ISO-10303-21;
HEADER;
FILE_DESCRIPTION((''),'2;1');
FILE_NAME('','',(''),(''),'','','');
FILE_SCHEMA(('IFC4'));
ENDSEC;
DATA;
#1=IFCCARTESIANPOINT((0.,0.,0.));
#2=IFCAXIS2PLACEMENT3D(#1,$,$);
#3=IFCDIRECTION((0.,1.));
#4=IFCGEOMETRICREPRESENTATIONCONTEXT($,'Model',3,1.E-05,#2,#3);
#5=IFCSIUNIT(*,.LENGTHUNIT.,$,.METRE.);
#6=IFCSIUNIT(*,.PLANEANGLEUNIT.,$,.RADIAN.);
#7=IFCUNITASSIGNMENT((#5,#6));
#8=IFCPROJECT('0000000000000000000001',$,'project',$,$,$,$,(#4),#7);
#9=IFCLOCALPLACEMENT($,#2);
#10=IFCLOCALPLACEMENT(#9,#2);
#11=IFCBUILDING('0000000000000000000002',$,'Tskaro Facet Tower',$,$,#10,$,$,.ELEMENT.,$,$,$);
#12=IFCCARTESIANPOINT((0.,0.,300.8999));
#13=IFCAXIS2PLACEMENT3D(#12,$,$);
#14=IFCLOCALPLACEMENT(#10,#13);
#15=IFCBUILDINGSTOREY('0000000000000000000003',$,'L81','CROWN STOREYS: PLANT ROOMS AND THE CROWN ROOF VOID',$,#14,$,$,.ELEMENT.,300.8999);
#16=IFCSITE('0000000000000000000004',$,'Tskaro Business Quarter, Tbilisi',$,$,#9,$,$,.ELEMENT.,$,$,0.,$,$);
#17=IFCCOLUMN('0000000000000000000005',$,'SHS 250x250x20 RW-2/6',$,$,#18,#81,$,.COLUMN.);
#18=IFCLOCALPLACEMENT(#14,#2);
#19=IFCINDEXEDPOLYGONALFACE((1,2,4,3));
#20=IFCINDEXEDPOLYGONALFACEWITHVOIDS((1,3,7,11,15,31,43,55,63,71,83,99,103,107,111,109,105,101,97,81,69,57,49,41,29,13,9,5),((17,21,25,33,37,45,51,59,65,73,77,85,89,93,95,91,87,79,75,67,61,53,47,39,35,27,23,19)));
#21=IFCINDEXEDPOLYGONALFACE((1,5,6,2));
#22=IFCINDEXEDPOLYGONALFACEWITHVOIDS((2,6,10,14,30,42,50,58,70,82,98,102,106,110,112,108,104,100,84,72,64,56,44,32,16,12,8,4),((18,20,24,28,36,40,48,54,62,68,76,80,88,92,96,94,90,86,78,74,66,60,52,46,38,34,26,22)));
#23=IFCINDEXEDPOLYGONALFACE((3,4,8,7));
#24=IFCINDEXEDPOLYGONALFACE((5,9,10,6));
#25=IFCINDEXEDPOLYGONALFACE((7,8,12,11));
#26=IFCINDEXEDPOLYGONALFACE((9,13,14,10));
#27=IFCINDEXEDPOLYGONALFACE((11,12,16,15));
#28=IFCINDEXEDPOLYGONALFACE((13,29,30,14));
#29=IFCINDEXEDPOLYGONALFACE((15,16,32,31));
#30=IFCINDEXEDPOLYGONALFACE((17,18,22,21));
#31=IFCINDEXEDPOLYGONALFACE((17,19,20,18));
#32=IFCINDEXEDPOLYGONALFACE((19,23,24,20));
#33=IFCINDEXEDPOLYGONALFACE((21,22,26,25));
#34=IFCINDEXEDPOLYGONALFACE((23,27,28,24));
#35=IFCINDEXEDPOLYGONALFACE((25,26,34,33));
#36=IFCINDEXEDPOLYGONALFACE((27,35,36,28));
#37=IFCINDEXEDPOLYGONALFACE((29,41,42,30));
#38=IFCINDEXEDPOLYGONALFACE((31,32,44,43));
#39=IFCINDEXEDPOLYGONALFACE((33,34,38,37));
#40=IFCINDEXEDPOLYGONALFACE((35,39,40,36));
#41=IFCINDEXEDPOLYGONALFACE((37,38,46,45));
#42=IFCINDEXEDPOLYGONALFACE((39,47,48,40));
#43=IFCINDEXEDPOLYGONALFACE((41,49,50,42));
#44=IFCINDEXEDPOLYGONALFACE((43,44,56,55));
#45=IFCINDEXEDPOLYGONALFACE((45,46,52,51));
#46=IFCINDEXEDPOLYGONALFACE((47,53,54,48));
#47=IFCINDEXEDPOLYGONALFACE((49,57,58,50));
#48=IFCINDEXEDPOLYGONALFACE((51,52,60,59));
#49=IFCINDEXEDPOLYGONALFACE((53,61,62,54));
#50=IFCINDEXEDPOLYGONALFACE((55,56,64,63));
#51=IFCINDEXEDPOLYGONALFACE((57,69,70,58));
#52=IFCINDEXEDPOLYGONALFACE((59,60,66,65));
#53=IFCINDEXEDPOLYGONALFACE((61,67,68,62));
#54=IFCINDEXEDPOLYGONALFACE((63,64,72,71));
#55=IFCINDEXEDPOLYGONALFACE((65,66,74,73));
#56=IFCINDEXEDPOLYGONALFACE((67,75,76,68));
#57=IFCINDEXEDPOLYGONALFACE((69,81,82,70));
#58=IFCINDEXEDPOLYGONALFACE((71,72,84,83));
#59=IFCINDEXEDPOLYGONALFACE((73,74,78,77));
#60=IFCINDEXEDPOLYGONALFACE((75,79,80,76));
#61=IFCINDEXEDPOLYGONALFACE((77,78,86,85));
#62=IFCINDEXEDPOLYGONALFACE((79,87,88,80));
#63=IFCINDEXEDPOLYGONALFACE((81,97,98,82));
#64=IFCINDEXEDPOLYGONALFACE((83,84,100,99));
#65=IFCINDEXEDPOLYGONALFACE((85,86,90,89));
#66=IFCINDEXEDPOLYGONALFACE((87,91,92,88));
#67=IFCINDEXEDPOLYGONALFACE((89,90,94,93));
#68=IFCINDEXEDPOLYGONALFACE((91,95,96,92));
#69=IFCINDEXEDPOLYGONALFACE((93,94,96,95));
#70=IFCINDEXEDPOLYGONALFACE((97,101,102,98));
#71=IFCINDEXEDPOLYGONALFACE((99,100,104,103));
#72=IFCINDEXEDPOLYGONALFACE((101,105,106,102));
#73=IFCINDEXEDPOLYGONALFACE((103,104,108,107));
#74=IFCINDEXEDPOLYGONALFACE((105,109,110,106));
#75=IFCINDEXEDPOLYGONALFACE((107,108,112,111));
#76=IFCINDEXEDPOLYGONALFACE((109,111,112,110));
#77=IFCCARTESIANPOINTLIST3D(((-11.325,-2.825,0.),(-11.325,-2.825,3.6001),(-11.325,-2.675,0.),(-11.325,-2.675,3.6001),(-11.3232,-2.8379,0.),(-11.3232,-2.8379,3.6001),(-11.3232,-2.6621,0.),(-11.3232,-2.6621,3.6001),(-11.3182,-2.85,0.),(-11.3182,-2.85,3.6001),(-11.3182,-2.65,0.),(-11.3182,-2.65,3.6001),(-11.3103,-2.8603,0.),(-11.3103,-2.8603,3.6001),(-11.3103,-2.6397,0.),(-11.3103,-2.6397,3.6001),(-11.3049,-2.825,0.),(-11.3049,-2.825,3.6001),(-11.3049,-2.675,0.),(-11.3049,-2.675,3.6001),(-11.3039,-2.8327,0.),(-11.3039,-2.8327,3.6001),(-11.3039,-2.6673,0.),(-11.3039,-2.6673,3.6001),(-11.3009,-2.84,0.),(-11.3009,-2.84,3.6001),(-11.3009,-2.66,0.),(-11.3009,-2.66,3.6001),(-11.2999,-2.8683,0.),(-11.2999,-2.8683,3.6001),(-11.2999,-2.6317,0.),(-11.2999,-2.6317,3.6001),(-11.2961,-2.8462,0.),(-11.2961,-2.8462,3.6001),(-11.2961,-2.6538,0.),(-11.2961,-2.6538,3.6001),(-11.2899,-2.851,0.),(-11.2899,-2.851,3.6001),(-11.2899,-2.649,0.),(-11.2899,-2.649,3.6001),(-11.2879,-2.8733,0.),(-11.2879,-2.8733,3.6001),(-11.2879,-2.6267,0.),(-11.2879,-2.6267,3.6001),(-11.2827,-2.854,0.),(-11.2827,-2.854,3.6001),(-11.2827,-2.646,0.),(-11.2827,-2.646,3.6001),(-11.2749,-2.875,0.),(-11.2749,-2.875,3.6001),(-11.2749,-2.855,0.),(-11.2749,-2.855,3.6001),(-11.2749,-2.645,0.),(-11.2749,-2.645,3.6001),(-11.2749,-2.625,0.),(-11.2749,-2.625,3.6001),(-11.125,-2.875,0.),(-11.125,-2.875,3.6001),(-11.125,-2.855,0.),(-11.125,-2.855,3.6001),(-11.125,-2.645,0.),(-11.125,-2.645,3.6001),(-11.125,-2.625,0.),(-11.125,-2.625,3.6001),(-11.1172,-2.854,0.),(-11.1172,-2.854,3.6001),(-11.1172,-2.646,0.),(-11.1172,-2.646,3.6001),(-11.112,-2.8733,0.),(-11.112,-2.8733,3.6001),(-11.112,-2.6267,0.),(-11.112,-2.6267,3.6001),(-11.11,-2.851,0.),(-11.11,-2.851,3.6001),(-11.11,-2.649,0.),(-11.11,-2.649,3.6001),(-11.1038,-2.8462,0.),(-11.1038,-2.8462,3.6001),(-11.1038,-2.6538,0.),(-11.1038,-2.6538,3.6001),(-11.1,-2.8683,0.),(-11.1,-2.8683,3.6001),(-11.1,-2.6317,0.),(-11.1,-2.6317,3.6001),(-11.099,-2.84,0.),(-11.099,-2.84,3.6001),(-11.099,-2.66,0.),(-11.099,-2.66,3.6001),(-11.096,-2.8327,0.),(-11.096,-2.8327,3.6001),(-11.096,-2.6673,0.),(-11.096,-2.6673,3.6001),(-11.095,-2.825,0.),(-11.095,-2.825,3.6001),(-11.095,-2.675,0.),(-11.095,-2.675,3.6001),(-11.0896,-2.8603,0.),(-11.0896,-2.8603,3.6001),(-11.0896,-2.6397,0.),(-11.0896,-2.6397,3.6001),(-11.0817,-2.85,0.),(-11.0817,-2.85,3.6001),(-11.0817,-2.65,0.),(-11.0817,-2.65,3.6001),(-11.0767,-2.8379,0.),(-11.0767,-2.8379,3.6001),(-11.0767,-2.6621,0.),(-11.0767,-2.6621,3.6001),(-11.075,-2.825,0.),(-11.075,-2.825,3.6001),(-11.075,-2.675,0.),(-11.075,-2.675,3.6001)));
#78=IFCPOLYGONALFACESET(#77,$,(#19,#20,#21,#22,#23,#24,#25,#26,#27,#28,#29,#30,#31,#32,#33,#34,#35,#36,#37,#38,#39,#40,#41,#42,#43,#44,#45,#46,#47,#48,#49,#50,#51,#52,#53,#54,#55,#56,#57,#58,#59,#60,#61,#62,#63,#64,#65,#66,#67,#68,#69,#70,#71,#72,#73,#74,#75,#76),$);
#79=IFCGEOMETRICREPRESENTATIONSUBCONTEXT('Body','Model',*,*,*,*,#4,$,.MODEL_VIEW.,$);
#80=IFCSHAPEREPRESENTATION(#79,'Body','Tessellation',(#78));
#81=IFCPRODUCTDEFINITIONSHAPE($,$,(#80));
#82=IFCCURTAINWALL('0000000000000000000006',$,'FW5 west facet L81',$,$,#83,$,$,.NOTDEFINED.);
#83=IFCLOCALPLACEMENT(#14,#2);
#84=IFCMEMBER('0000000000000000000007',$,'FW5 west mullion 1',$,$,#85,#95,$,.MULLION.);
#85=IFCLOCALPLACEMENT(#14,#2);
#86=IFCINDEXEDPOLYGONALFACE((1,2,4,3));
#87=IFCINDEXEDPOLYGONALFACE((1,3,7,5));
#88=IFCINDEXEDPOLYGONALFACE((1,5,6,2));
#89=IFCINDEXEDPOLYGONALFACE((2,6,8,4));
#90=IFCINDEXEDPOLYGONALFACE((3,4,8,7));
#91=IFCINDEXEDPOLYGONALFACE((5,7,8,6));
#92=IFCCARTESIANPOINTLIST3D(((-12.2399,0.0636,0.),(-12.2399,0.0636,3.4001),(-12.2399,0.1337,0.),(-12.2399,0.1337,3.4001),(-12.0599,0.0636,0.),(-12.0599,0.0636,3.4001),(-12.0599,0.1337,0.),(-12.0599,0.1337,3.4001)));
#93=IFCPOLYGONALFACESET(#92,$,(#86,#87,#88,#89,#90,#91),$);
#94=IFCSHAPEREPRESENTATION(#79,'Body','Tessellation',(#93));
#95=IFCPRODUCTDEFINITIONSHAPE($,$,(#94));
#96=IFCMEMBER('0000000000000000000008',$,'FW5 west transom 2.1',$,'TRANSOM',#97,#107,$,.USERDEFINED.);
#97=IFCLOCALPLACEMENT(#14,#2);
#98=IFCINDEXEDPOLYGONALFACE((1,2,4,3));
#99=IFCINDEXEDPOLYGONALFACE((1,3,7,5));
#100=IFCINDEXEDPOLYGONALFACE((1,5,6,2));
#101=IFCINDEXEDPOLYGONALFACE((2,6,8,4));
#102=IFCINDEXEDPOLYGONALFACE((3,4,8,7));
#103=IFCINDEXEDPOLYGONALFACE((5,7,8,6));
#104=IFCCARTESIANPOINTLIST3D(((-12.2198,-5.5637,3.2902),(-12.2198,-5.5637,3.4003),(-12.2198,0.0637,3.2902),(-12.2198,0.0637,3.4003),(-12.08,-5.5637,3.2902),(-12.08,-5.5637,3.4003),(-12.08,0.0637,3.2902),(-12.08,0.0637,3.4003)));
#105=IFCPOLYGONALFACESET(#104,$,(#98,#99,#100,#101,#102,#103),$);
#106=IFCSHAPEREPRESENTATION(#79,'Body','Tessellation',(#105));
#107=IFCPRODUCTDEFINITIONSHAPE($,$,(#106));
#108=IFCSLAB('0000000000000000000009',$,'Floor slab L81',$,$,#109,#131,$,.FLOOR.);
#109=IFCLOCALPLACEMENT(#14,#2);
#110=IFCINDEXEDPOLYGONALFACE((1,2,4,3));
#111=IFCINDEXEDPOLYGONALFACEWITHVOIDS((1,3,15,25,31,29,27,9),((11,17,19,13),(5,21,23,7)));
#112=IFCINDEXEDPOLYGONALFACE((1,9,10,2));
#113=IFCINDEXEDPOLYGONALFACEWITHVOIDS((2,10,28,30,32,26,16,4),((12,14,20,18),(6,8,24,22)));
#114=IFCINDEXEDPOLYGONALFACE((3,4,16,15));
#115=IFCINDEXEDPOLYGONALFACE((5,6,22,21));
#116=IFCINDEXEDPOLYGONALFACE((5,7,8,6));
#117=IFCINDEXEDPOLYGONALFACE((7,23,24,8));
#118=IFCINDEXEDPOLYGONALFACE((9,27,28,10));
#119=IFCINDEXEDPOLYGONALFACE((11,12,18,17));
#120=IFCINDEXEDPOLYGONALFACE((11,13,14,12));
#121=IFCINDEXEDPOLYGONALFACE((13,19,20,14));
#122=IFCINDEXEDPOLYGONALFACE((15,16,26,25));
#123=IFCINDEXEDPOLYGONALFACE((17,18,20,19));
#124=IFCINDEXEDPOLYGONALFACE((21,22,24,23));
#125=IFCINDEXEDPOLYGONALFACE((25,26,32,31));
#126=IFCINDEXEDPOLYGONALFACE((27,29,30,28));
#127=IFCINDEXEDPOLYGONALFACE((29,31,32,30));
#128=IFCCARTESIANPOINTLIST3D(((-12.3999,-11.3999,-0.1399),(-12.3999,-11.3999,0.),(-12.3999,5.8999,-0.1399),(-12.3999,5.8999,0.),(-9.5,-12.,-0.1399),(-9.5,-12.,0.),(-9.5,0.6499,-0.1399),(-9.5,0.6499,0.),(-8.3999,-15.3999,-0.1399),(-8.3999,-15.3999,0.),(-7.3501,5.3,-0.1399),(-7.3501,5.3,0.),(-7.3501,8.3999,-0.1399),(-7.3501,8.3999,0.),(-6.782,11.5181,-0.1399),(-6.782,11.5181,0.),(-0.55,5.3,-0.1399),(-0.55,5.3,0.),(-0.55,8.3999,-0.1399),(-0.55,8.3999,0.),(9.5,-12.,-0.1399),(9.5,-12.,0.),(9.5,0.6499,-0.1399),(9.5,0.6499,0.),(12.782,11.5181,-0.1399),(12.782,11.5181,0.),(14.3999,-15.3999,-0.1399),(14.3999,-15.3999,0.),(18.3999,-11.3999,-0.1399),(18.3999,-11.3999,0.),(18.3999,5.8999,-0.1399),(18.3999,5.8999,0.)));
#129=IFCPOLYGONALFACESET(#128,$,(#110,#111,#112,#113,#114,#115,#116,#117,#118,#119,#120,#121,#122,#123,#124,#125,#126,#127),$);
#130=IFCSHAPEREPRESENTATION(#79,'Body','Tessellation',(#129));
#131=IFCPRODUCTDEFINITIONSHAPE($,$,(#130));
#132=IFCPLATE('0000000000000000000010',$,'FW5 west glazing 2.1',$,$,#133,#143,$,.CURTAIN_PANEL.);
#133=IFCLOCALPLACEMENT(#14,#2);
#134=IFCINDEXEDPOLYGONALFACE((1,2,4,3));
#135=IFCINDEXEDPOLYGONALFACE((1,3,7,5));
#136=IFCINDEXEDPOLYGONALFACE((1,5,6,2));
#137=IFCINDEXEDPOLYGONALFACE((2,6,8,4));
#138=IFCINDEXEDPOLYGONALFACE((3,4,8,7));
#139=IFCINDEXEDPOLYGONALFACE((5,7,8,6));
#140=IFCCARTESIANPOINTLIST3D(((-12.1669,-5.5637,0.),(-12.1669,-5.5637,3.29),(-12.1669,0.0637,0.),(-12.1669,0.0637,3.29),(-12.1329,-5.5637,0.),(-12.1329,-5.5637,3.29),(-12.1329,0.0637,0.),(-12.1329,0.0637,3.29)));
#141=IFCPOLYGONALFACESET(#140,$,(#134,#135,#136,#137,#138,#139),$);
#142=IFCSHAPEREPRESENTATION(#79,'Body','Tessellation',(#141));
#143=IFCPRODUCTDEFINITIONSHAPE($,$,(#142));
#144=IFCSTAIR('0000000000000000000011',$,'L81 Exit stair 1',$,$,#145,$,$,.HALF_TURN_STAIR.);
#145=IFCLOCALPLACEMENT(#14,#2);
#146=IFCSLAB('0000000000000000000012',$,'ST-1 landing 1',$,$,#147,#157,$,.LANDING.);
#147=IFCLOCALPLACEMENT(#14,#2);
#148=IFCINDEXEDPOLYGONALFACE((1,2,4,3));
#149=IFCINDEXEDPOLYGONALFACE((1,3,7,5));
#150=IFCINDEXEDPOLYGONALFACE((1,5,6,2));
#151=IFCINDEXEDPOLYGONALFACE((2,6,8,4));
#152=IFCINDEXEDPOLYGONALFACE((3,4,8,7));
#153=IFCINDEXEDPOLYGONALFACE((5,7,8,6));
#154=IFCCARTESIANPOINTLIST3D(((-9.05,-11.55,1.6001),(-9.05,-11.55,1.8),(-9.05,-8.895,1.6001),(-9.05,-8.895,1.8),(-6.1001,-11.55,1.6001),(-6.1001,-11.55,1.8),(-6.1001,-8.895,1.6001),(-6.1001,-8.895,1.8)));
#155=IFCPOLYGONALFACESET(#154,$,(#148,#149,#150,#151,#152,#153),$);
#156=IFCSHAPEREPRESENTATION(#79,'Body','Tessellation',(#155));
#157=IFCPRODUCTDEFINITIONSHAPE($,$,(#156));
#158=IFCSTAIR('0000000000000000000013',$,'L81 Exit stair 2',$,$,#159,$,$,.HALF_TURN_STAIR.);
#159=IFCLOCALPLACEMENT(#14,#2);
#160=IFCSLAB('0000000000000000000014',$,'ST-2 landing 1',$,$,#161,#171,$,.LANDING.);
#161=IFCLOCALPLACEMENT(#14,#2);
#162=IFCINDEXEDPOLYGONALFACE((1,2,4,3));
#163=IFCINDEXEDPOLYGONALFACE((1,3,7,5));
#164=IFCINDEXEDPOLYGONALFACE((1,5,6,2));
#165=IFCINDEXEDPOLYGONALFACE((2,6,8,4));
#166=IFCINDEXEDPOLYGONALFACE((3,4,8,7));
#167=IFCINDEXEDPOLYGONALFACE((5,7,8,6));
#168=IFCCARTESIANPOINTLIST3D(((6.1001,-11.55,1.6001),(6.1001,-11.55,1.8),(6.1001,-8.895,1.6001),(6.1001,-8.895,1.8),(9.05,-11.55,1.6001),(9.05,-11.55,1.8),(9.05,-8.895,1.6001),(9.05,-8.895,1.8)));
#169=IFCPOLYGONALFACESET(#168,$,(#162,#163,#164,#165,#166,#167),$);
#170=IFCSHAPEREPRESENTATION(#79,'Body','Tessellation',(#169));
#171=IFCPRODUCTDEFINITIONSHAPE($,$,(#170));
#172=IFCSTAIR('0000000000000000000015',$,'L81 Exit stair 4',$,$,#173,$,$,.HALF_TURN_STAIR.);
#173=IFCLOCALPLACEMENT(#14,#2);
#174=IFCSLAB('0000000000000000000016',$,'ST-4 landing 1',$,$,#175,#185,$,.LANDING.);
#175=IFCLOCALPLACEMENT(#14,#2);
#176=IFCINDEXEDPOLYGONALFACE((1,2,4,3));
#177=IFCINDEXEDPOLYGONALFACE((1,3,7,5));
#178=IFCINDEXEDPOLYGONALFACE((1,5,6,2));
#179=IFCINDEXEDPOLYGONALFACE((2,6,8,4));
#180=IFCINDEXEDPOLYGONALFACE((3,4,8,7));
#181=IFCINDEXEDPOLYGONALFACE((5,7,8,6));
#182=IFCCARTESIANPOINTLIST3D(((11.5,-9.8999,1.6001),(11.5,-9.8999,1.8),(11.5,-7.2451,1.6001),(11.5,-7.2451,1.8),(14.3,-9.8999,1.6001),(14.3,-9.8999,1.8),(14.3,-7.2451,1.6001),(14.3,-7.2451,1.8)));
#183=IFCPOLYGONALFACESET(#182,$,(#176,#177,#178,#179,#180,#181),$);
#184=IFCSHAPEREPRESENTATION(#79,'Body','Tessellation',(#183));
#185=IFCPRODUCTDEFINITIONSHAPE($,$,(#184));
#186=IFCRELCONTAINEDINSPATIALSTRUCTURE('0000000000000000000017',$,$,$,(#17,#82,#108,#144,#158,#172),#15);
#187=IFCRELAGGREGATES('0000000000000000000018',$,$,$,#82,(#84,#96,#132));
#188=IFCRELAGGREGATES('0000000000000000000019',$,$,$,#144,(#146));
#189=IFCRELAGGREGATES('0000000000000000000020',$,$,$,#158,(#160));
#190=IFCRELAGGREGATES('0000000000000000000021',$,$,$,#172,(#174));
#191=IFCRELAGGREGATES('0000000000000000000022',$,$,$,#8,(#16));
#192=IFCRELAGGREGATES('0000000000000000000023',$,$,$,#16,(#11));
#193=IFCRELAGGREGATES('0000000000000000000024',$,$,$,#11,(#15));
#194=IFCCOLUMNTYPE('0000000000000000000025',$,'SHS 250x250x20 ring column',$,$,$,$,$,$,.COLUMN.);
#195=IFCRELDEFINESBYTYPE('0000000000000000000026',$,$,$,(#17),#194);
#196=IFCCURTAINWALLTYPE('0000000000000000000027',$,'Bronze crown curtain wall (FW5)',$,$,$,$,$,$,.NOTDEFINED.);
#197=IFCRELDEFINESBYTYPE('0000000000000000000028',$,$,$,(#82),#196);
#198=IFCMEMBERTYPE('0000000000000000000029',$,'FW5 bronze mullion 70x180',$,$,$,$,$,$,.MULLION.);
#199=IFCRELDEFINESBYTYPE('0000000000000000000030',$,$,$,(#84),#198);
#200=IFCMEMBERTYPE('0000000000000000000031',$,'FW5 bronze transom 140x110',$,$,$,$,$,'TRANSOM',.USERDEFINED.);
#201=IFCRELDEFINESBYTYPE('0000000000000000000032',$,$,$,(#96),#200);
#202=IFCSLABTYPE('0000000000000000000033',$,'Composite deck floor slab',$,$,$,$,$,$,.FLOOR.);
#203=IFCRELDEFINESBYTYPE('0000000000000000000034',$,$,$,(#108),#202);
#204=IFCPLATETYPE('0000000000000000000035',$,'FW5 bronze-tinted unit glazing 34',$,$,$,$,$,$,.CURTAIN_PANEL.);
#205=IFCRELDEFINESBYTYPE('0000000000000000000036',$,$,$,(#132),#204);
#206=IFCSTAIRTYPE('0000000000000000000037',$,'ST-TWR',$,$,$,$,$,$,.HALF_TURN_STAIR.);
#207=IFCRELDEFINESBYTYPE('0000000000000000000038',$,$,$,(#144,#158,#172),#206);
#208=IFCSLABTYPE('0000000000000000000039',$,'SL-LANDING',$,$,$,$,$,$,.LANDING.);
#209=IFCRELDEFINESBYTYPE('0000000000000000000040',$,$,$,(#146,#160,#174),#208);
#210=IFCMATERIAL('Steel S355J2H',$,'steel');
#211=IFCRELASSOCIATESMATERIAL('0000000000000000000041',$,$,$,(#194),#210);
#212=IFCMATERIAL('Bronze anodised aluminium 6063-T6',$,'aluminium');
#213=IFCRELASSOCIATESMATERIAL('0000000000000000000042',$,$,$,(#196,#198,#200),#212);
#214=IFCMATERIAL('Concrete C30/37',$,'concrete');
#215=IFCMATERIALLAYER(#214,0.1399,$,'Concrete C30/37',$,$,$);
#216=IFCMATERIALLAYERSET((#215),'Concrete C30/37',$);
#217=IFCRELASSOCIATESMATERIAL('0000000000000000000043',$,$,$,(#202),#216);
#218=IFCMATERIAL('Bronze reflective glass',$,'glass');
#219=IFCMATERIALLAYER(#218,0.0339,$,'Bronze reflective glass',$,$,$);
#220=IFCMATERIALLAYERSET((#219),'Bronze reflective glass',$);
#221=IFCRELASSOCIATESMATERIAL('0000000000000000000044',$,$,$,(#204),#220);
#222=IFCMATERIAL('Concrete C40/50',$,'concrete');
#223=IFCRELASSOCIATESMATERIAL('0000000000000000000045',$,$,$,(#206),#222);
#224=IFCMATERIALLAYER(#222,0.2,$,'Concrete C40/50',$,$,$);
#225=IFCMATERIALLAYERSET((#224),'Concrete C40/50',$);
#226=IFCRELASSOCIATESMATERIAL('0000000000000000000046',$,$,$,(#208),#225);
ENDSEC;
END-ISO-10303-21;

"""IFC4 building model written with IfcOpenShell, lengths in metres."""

from ifc_helpers import new_model, si_unit, direction, frame, origin, origin_2d, place, context, subcontext, project, spatial, polyline, rectangle, hollow_rectangle, outline, extrude, material, layer, layer_set, material_profile, profile_set, type_object, element, aggregate, save


model = new_model("IFC4")

# Units and contexts
model_context = context("Model", 3, precision=1e-05, world=origin(), true_north=direction((0.0, 1.0)))
body_context = subcontext(model_context, "Body", "Model", "MODEL_VIEW")
ifc_project = project(units=[si_unit("LENGTHUNIT", "METRE"), si_unit("PLANEANGLEUNIT", "RADIAN")], contexts=[model_context])

# Site, building, storey
site_placement = place(None, origin())
site = spatial("IfcSite", under=ifc_project, at=site_placement, Name="Tskaro Business Quarter, Tbilisi", CompositionType="ELEMENT", RefElevation=0.0)
building_placement = place(site_placement, origin())
building = spatial("IfcBuilding", under=site, at=building_placement, Name="Tskaro Facet Tower", CompositionType="ELEMENT")
storey_placement = place(building_placement, frame((0.0, 0.0, 300.8999)))
storey = spatial("IfcBuildingStorey", under=building, at=storey_placement, Name="L81", Description="CROWN STOREYS: PLANT ROOMS AND THE CROWN ROOF VOID", CompositionType="ELEMENT", Elevation=300.8999)

# Column
ifc_material_1 = material(Name="Steel S355J2H", Category="steel")
ifc_material_profile_1 = material_profile(ifc_material_1, hollow_rectangle(XDim=0.25, YDim=0.25, WallThickness=0.02, InnerFilletRadius=0.03, OuterFilletRadius=0.05, at=origin_2d()), Name="SHS 250x250x20")
ifc_profile_set_1 = profile_set([ifc_material_profile_1], Name="Steel S355J2H")
column_type = type_object("IfcColumnType", Name="SHS 250x250x20 ring column", PredefinedType="COLUMN", material=ifc_profile_set_1)
column_placement = place(storey_placement, frame((-11.2, -2.75, 0.0), z_axis=(0.0, 0.0, 1.0), x_axis=(1.0, 0.0, 0.0)))
element("IfcColumn", 1, at=column_placement, inside=storey, type_object=column_type, Name="SHS 250x250x20 RW-2/6", PredefinedType="COLUMN", context=body_context, shape_type="SweptSolid", body=[
    extrude(hollow_rectangle(XDim=0.25, YDim=0.25, WallThickness=0.02, InnerFilletRadius=0.03, OuterFilletRadius=0.05, at=origin_2d()), origin(), (0.0, 0.0, 1.0), 3.6001),
])

# Curtain wall, members
ifc_material_2 = material(Name="Bronze anodised aluminium 6063-T6", Category="aluminium")
curtain_wall_type = type_object("IfcCurtainWallType", Name="Bronze crown curtain wall (FW5)", PredefinedType="NOTDEFINED", material=ifc_material_2)
curtain_wall_placement = place(storey_placement, origin())
curtain_wall = element("IfcCurtainWall", 2, at=curtain_wall_placement, inside=storey, type_object=curtain_wall_type, Name="FW5 west facet L81", PredefinedType="NOTDEFINED")
ifc_material_profile_2 = material_profile(ifc_material_2, rectangle(XDim=0.0701, YDim=0.1799, at=origin_2d()), Name="Mullion 70x180")
ifc_profile_set_2 = profile_set([ifc_material_profile_2], Name="Bronze anodised aluminium 6063-T6")
member_type_1 = type_object("IfcMemberType", Name="FW5 bronze mullion 70x180", PredefinedType="MULLION", material=ifc_profile_set_2)
member_1_placement = place(storey_placement, frame((-12.1499, 0.0986, 0.0), z_axis=(0.0, 0.0, 1.0), x_axis=(0.0, -1.0, 0.0)))
member_1 = element("IfcMember", 3, at=member_1_placement, type_object=member_type_1, Name="FW5 west mullion 1", PredefinedType="MULLION", context=body_context, shape_type="SweptSolid", body=[
    extrude(rectangle(XDim=0.0701, YDim=0.1799, at=origin_2d()), origin(), (0.0, 0.0, 1.0), 3.4001),
])
ifc_material_profile_3 = material_profile(ifc_material_2, rectangle(XDim=0.1399, YDim=0.1101, at=origin_2d()), Name="Transom 140x110")
ifc_profile_set_3 = profile_set([ifc_material_profile_3], Name="Bronze anodised aluminium 6063-T6")
member_type_2 = type_object("IfcMemberType", Name="FW5 bronze transom 140x110", ElementType="TRANSOM", PredefinedType="USERDEFINED", material=ifc_profile_set_3)
member_2_placement = place(storey_placement, frame((-12.1499, 0.0637, 3.3452), z_axis=(0.0, -1.0, 0.0), x_axis=(1.0, 0.0, 0.0)))
member_2 = element("IfcMember", 4, at=member_2_placement, type_object=member_type_2, Name="FW5 west transom 2.1", ObjectType="TRANSOM", PredefinedType="USERDEFINED", context=body_context, shape_type="SweptSolid", body=[
    extrude(rectangle(XDim=0.1399, YDim=0.1101, at=origin_2d()), origin(), (0.0, 0.0, 1.0), 5.6274),
])

# Slab
ifc_material_3 = material(Name="Concrete C30/37", Category="concrete")
ifc_layer_1 = layer(ifc_material_3, 0.1399, Name="Concrete C30/37")
ifc_layer_set_1 = layer_set([ifc_layer_1], Name="Concrete C30/37")
slab_type_1 = type_object("IfcSlabType", Name="Composite deck floor slab", PredefinedType="FLOOR", material=ifc_layer_set_1)
slab_1_placement = place(storey_placement, frame((0.0, 0.0, -0.1399)))
element("IfcSlab", 5, at=slab_1_placement, inside=storey, type_object=slab_type_1, Name="Floor slab L81", PredefinedType="FLOOR", context=body_context, shape_type="SweptSolid", body=[
    extrude(outline(polyline([(-12.3999, 5.8999), (-6.782, 11.5181), (12.782, 11.5181), (18.3999, 5.8999), (18.3999, -11.3999), (14.3999, -15.3999), (-8.3999, -15.3999), (-12.3999, -11.3999), (-12.3999, 5.8999)]), holes=[polyline([(9.5, 0.6499), (-9.5, 0.6499), (-9.5, -12.0), (9.5, -12.0), (9.5, 0.6499)]), polyline([(-0.55, 5.3), (-0.55, 8.3999), (-7.3501, 8.3999), (-7.3501, 5.3), (-0.55, 5.3)])]), origin(), (0.0, 0.0, 1.0), 0.1399),
])

# Plate
ifc_material_4 = material(Name="Bronze reflective glass", Category="glass")
ifc_layer_2 = layer(ifc_material_4, 0.0339, Name="Bronze reflective glass")
ifc_layer_set_2 = layer_set([ifc_layer_2], Name="Bronze reflective glass")
plate_type = type_object("IfcPlateType", Name="FW5 bronze-tinted unit glazing 34", PredefinedType="CURTAIN_PANEL", material=ifc_layer_set_2)
plate_placement = place(storey_placement, frame((-12.1499, -2.75, 0.0), z_axis=(0.0, 0.0, 1.0), x_axis=(0.0, -1.0, 0.0)))
plate = element("IfcPlate", 6, at=plate_placement, type_object=plate_type, Name="FW5 west glazing 2.1", PredefinedType="CURTAIN_PANEL", context=body_context, shape_type="SweptSolid", body=[
    extrude(rectangle(XDim=5.6274, YDim=0.0339, at=origin_2d()), origin(), (0.0, 0.0, 1.0), 3.29),
])
aggregate(curtain_wall, [member_1, member_2, plate])

# Stairs, slabs
ifc_material_5 = material(Name="Concrete C40/50", Category="concrete")
stair_type = type_object("IfcStairType", Name="ST-TWR", PredefinedType="HALF_TURN_STAIR", material=ifc_material_5)
stair_1_placement = place(storey_placement, origin())
stair_1 = element("IfcStair", 7, at=stair_1_placement, inside=storey, type_object=stair_type, Name="L81 Exit stair 1", PredefinedType="HALF_TURN_STAIR")
ifc_layer_3 = layer(ifc_material_5, 0.2, Name="Concrete C40/50")
ifc_layer_set_3 = layer_set([ifc_layer_3], Name="Concrete C40/50")
slab_type_2 = type_object("IfcSlabType", Name="SL-LANDING", PredefinedType="LANDING", material=ifc_layer_set_3)
slab_2_placement = place(storey_placement, frame((0.0, 0.0, 1.6001)))
slab_2 = element("IfcSlab", 8, at=slab_2_placement, type_object=slab_type_2, Name="ST-1 landing 1", PredefinedType="LANDING", context=body_context, shape_type="SweptSolid", body=[
    extrude(outline(polyline([(-9.05, -11.55), (-6.1001, -11.55), (-6.1001, -8.895), (-9.05, -8.895), (-9.05, -11.55)])), origin(), (0.0, 0.0, 1.0), 0.2),
])
aggregate(stair_1, [slab_2])
stair_2_placement = place(storey_placement, origin())
stair_2 = element("IfcStair", 9, at=stair_2_placement, inside=storey, type_object=stair_type, Name="L81 Exit stair 2", PredefinedType="HALF_TURN_STAIR")
slab_3_placement = place(storey_placement, frame((0.0, 0.0, 1.6001)))
slab_3 = element("IfcSlab", 10, at=slab_3_placement, type_object=slab_type_2, Name="ST-2 landing 1", PredefinedType="LANDING", context=body_context, shape_type="SweptSolid", body=[
    extrude(outline(polyline([(6.1001, -11.55), (9.05, -11.55), (9.05, -8.895), (6.1001, -8.895), (6.1001, -11.55)])), origin(), (0.0, 0.0, 1.0), 0.2),
])
aggregate(stair_2, [slab_3])
stair_3_placement = place(storey_placement, origin())
stair_3 = element("IfcStair", 11, at=stair_3_placement, inside=storey, type_object=stair_type, Name="L81 Exit stair 4", PredefinedType="HALF_TURN_STAIR")
slab_4_placement = place(storey_placement, frame((0.0, 0.0, 1.6001)))
slab_4 = element("IfcSlab", 12, at=slab_4_placement, type_object=slab_type_2, Name="ST-4 landing 1", PredefinedType="LANDING", context=body_context, shape_type="SweptSolid", body=[
    extrude(outline(polyline([(11.5, -9.8999), (14.3, -9.8999), (14.3, -7.2451), (11.5, -7.2451), (11.5, -9.8999)])), origin(), (0.0, 0.0, 1.0), 0.2),
])
aggregate(stair_3, [slab_4])

save(model, "model.ifc")
